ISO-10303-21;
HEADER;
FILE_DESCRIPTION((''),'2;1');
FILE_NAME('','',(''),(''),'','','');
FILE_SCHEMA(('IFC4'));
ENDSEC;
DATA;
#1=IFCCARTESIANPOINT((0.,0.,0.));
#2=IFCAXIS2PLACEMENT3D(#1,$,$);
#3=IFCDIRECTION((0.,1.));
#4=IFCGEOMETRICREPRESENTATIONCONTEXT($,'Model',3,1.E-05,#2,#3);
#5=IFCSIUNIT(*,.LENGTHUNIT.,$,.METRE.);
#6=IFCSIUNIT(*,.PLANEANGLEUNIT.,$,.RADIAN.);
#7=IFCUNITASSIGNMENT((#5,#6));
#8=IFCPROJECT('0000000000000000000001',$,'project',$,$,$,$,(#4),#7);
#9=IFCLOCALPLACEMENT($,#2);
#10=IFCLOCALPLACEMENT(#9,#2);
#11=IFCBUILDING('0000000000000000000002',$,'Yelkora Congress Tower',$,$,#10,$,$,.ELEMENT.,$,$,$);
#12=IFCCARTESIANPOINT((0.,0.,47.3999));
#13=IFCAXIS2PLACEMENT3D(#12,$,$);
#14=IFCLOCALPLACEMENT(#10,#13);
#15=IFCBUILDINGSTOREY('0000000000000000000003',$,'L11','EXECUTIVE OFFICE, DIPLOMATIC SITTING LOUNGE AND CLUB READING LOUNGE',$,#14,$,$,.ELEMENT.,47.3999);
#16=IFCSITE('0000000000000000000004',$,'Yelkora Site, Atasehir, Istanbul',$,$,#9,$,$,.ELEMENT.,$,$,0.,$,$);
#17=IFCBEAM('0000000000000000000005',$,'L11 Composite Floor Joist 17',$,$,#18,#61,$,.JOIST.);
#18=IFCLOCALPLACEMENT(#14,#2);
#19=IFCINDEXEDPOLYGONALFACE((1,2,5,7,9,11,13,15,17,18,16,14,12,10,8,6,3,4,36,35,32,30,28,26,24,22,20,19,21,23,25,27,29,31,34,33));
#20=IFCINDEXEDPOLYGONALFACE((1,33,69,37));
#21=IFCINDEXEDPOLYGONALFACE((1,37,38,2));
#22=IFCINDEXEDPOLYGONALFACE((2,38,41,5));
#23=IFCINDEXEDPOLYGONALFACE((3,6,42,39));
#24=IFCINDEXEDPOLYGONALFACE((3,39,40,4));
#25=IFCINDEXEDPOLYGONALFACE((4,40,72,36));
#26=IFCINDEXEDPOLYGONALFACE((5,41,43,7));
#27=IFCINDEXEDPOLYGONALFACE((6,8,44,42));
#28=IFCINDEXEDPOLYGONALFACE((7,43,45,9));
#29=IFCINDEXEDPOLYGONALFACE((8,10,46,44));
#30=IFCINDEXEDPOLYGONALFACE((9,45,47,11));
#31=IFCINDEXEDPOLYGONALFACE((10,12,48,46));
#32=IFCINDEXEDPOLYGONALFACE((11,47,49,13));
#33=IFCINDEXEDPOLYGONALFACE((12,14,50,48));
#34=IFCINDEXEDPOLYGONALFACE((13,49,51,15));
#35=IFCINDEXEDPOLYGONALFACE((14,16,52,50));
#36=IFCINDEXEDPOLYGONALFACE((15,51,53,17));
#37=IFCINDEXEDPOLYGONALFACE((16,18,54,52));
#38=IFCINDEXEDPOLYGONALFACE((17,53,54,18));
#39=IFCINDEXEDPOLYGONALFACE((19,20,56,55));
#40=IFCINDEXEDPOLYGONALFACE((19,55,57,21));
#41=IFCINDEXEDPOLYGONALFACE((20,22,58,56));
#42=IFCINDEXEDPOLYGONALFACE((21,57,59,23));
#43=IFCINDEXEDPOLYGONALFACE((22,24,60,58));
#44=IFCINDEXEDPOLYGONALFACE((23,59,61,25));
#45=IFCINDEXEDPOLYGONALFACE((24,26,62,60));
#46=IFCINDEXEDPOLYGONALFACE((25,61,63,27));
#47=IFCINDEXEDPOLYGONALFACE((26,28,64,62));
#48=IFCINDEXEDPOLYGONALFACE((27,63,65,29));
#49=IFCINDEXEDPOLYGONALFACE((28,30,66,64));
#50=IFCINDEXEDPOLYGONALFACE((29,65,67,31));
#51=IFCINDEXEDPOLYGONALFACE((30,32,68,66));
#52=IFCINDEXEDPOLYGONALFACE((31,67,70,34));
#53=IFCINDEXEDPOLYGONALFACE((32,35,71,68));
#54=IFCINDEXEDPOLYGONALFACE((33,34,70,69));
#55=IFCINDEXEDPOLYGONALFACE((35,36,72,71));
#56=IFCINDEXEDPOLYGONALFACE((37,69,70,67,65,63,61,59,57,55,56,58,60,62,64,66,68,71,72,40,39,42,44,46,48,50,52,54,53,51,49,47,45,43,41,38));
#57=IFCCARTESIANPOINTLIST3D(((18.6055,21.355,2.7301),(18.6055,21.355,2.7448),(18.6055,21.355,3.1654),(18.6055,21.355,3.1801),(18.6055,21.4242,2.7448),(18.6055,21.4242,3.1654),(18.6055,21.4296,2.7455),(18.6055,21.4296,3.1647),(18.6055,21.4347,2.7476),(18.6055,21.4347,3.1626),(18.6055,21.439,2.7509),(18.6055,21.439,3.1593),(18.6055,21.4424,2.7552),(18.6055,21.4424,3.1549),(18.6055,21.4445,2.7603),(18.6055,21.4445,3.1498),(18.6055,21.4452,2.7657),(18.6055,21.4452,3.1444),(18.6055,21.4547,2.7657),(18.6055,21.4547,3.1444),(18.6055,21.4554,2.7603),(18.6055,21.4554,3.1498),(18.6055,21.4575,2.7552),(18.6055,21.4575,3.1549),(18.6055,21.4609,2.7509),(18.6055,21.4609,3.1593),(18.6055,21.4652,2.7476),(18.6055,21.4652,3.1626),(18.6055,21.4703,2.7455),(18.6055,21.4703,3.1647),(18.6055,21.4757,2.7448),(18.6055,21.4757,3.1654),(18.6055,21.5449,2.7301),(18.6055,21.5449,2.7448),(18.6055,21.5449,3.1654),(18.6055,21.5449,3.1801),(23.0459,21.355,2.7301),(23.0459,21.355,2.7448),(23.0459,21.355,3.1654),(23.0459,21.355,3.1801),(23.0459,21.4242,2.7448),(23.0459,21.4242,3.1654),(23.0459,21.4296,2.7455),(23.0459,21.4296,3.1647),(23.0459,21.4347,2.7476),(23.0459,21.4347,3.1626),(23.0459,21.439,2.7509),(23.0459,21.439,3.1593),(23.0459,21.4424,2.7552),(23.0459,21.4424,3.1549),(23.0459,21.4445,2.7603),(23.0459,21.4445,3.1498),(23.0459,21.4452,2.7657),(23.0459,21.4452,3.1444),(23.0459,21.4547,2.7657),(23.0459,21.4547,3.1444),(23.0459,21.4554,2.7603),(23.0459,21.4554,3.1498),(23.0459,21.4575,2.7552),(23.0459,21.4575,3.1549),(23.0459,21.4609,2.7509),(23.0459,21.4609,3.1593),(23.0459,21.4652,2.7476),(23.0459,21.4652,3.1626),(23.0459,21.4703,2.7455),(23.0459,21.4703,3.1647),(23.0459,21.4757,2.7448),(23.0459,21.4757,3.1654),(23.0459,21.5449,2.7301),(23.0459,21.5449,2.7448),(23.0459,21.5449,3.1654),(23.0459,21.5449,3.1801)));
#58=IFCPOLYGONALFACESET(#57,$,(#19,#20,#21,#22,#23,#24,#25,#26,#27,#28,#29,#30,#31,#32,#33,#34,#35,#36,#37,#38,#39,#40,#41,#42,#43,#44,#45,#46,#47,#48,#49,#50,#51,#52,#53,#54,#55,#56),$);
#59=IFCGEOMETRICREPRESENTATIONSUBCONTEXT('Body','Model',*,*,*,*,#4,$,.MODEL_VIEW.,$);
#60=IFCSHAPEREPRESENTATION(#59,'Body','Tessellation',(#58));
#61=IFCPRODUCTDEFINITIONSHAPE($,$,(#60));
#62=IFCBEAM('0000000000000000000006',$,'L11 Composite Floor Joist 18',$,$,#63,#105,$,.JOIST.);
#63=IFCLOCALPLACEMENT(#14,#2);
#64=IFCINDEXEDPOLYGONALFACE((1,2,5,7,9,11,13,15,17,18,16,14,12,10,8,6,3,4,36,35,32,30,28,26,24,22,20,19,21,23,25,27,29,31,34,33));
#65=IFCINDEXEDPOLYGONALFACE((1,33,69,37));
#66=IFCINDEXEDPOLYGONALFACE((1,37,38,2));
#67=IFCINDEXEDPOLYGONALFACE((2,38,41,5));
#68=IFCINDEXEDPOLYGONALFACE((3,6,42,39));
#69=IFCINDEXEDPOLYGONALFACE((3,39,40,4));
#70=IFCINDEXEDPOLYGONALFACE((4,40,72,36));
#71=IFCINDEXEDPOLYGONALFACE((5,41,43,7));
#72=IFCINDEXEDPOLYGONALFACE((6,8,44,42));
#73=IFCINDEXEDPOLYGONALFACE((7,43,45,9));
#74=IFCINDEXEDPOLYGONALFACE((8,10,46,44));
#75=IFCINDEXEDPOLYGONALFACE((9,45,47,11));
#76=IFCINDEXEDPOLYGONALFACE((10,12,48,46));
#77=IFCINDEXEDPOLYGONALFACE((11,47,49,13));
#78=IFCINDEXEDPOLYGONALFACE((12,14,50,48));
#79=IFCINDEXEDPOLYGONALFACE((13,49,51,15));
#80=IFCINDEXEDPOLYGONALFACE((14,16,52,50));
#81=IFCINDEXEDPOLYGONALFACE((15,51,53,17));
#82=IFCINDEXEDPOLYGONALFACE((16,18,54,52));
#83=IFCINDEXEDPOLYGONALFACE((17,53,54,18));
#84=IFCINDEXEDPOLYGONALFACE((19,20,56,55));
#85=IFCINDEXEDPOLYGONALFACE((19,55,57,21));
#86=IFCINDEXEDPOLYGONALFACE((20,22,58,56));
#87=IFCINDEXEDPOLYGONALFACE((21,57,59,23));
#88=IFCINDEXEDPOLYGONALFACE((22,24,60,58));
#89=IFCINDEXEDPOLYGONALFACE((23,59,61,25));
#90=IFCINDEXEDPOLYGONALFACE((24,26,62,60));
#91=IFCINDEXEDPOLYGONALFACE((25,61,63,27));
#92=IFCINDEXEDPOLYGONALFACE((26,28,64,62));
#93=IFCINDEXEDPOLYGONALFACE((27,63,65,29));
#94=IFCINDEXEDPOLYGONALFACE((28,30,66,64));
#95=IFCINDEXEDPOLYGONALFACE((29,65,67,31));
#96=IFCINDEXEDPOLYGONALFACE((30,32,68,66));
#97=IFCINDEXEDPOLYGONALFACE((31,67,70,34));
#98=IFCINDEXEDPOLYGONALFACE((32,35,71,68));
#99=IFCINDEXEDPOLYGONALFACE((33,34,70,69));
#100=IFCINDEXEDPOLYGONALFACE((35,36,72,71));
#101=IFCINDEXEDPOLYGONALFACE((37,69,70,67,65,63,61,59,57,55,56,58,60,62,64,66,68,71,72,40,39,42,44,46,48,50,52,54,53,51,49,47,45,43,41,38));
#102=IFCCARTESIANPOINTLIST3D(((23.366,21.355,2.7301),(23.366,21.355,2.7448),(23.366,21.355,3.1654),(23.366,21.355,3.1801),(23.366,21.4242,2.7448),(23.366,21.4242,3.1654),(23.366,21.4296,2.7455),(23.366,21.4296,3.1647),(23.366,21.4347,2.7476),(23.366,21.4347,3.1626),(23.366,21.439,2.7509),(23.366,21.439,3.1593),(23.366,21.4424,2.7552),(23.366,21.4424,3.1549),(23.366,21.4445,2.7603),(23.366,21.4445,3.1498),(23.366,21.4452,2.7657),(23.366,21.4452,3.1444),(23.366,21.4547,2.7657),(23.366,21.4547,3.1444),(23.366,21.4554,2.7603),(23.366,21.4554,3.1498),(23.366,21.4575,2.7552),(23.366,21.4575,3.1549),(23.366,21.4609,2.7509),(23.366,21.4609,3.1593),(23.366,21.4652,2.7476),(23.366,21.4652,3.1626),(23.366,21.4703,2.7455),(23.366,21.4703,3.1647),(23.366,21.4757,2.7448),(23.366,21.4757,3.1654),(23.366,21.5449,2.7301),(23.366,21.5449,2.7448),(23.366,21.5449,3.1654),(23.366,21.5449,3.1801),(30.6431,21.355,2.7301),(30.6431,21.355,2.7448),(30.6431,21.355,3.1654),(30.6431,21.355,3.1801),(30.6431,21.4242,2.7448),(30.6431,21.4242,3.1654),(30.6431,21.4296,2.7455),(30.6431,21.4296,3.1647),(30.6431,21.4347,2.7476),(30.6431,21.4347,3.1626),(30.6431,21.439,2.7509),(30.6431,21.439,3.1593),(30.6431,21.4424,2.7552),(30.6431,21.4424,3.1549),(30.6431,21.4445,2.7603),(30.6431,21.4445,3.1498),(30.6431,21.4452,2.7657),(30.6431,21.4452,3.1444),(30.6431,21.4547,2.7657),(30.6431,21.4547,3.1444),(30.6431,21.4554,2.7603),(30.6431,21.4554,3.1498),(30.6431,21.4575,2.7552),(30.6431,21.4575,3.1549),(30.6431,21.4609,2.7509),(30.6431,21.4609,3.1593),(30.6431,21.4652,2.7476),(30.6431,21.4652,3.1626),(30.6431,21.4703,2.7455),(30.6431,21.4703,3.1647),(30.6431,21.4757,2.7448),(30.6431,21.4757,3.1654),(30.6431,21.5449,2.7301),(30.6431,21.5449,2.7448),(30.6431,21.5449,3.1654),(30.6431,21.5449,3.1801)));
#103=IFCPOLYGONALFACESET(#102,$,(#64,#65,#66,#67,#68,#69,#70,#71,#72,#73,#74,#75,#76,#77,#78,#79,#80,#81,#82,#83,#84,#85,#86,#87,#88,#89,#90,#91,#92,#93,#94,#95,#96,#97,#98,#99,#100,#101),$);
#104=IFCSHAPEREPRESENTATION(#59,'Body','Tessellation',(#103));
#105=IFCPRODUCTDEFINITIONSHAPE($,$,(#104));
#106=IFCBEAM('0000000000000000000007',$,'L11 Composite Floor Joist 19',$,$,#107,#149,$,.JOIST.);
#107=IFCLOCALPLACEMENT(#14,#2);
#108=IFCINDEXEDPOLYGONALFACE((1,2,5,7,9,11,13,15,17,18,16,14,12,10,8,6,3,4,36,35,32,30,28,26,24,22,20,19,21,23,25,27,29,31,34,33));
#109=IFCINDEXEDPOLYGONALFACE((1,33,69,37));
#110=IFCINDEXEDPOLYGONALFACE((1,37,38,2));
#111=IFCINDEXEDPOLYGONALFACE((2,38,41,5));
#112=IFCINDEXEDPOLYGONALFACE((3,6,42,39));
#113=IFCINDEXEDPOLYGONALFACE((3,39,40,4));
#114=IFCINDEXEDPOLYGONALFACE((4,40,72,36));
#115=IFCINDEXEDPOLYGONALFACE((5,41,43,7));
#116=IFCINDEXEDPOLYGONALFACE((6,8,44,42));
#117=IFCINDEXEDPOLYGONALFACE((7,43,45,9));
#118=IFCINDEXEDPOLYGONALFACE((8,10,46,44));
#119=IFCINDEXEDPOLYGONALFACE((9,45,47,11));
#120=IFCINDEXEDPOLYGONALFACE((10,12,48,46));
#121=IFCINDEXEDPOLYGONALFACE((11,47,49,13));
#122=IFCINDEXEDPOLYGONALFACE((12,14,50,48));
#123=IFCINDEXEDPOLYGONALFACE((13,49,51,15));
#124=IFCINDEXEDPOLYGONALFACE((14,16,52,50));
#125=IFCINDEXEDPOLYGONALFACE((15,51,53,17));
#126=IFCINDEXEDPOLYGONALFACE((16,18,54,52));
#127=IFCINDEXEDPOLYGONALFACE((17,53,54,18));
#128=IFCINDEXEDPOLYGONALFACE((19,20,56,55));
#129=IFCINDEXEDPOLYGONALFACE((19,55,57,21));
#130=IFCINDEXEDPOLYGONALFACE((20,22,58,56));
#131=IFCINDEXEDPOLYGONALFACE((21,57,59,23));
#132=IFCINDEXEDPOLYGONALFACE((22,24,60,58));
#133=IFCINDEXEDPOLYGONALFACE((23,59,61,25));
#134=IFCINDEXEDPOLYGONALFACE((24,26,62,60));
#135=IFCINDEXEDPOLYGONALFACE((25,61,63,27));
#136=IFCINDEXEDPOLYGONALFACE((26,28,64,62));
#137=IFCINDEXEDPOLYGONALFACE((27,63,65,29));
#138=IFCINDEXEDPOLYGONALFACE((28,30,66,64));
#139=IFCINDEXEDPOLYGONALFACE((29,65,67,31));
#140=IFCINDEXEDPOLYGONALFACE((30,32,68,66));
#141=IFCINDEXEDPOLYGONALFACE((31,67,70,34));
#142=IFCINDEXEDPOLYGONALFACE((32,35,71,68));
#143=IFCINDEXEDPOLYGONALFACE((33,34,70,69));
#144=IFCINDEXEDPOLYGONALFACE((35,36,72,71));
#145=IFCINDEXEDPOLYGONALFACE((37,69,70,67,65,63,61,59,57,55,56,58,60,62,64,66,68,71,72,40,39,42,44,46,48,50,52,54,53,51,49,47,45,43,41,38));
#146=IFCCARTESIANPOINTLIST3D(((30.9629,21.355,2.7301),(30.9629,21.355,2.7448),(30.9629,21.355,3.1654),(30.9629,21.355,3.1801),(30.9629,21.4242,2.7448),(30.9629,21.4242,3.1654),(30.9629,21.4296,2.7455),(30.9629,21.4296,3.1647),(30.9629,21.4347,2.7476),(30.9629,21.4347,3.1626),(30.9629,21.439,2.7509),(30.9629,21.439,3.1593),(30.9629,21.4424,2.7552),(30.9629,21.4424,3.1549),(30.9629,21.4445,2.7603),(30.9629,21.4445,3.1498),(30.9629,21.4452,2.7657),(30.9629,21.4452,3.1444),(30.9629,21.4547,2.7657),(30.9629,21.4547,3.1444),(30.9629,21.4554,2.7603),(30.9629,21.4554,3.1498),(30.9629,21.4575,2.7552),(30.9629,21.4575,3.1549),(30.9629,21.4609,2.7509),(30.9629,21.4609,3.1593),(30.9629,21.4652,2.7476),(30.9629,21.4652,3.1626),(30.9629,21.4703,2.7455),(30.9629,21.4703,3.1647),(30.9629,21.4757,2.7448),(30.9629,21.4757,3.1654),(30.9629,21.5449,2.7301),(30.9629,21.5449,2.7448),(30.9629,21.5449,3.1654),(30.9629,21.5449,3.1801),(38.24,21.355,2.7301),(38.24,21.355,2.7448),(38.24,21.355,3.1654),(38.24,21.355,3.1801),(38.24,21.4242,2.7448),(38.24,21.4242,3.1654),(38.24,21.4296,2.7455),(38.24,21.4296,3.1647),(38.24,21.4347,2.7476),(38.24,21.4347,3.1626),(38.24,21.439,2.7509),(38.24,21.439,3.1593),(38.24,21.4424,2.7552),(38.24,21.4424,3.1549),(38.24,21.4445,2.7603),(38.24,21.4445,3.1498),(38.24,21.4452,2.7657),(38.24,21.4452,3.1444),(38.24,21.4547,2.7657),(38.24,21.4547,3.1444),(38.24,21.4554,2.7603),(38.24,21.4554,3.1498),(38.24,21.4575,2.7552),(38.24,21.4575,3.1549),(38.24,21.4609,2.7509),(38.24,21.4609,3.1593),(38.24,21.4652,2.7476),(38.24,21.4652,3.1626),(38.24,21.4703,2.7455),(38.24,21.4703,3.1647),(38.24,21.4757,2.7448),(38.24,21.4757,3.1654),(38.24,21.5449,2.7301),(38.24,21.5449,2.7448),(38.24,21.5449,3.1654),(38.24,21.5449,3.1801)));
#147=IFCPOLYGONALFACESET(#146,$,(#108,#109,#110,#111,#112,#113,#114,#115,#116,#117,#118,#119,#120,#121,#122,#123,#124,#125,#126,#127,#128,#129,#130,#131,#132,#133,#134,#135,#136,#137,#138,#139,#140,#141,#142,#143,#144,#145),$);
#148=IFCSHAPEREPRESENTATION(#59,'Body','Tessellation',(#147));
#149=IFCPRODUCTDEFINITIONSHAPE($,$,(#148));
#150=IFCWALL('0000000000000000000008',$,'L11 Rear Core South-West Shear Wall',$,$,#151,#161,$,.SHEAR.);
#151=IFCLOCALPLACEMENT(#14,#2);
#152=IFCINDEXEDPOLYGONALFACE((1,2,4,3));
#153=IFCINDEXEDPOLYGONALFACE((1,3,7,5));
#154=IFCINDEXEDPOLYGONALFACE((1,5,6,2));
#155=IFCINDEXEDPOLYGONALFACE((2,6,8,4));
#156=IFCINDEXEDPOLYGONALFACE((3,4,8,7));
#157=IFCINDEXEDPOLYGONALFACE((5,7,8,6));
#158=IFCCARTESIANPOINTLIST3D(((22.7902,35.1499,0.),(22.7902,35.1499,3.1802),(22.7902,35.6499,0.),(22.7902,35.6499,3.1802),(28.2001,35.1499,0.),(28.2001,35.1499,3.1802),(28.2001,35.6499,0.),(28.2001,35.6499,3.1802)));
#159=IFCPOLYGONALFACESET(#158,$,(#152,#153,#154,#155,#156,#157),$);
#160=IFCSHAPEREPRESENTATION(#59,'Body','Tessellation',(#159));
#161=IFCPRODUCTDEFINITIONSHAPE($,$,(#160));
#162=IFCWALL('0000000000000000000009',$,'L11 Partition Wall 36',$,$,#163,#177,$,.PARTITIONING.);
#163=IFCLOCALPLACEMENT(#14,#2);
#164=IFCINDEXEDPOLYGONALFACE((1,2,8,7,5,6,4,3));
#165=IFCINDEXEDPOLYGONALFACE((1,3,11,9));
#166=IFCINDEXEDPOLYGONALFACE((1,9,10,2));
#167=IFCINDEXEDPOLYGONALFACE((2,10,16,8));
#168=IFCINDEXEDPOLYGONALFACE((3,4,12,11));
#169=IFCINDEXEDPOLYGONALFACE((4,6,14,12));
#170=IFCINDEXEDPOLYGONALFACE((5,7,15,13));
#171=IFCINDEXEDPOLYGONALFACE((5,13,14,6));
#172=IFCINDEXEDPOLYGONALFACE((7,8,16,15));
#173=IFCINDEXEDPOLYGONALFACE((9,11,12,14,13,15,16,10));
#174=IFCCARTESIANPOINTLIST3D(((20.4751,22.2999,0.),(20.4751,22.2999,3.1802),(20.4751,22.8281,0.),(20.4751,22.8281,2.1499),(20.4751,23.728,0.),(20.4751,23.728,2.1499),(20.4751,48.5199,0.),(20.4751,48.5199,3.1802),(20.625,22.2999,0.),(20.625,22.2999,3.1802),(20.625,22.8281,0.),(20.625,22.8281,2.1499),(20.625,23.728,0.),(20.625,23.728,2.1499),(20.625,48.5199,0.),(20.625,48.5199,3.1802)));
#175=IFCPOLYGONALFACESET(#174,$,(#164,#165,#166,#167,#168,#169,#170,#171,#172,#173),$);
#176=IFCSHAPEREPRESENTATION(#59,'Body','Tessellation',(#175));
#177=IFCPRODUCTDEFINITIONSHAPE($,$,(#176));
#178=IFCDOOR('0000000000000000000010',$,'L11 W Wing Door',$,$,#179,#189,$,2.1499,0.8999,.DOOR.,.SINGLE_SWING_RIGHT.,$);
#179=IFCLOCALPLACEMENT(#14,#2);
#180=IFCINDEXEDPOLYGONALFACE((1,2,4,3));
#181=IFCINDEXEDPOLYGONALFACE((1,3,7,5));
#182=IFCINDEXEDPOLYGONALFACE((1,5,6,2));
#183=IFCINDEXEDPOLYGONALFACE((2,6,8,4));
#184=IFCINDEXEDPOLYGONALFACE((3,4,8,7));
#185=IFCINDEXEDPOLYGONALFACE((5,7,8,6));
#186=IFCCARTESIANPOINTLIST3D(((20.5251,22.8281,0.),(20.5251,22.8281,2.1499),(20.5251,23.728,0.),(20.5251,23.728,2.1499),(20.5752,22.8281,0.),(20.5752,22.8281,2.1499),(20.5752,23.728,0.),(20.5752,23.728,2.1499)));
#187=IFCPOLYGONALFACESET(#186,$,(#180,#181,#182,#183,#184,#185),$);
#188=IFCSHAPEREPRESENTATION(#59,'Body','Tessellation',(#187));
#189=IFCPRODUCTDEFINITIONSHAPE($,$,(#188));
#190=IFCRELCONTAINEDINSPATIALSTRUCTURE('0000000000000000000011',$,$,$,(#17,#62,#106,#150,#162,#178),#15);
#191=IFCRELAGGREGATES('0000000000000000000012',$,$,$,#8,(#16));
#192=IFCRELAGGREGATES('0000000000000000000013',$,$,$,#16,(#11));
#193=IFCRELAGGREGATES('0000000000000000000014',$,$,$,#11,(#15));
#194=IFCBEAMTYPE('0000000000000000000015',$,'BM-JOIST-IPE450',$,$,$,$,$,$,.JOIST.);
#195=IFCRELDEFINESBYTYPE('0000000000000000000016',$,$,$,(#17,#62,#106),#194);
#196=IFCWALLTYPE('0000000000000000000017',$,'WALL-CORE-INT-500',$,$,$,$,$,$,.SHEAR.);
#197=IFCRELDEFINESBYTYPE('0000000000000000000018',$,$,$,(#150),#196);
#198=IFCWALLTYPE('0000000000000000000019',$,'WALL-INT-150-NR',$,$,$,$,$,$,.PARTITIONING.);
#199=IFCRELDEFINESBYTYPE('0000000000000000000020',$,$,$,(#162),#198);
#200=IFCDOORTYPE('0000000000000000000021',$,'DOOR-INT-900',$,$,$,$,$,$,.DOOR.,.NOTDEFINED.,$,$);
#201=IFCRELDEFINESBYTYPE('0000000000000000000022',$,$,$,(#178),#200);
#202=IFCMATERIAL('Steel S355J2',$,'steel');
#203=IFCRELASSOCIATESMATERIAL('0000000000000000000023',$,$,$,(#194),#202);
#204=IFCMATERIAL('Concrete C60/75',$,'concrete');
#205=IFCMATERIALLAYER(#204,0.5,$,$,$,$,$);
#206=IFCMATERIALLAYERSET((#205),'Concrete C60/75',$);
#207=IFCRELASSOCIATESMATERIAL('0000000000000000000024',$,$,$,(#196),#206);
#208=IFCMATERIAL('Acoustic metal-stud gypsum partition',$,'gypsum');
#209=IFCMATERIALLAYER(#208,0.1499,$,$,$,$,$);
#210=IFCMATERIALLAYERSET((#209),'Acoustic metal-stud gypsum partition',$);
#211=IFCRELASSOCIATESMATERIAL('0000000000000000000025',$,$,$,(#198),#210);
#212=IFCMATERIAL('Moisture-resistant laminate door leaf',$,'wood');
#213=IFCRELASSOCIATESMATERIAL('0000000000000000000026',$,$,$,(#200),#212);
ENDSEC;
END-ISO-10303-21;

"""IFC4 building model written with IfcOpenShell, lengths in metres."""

from ifc_helpers import new_model, si_unit, direction, frame, frame_2d, origin, origin_2d, place, context, subcontext, project, spatial, rectangle, i_section, extrude, material, layer, layer_set, material_profile, profile_set, type_object, element, fill, save


model = new_model("IFC4")

# Units and contexts
model_context = context("Model", 3, precision=1e-05, world=origin(), true_north=direction((0.0, 1.0)))
body_context = subcontext(model_context, "Body", "Model", "MODEL_VIEW")
ifc_project = project(units=[si_unit("LENGTHUNIT", "METRE"), si_unit("PLANEANGLEUNIT", "RADIAN")], contexts=[model_context])

# Site, building, storey
site_placement = place(None, origin())
site = spatial("IfcSite", under=ifc_project, at=site_placement, Name="Yelkora Site, Atasehir, Istanbul", CompositionType="ELEMENT", RefElevation=0.0)
building_placement = place(site_placement, origin())
building = spatial("IfcBuilding", under=site, at=building_placement, Name="Yelkora Congress Tower", CompositionType="ELEMENT")
storey_placement = place(building_placement, frame((0.0, 0.0, 47.3999)))
storey = spatial("IfcBuildingStorey", under=building, at=storey_placement, Name="L11", Description="EXECUTIVE OFFICE, DIPLOMATIC SITTING LOUNGE AND CLUB READING LOUNGE", CompositionType="ELEMENT", Elevation=47.3999)

# Shared definitions
ifc_material_1 = material(Name="Concrete C60/75", Category="concrete")

# Beams
ifc_material_2 = material(Name="Steel S355J2", Category="steel")
ifc_material_profile_1 = material_profile(ifc_material_2, i_section(OverallWidth=0.1899, OverallDepth=0.45, WebThickness=0.0095, FlangeThickness=0.0146, FilletRadius=0.021, at=origin_2d()), Name="IPE 450")
ifc_profile_set_1 = profile_set([ifc_material_profile_1], Name="Steel S355J2")
beam_type_1 = type_object("IfcBeamType", Name="BM-JOIST-IPE450", PredefinedType="JOIST", material=ifc_profile_set_1)
beam_1_placement = place(storey_placement, frame((18.6055, 21.45, 2.9551), z_axis=(1.0, 0.0, 0.0), x_axis=(0.0, 1.0, 0.0)))
element("IfcBeam", 1, at=beam_1_placement, inside=storey, type_object=beam_type_1, Name="L11 Composite Floor Joist 17", PredefinedType="JOIST", context=body_context, shape_type="SweptSolid", body=[
    extrude(i_section(OverallWidth=0.1899, OverallDepth=0.45, WebThickness=0.0095, FlangeThickness=0.0146, FilletRadius=0.021, at=origin_2d()), origin(), (0.0, 0.0, 1.0), 4.4404),
])
for number, where, z_axis, x_axis, name in (
    (2, (23.366, 21.45, 2.9551), (1.0, 0.0, 0.0), (0.0, 1.0, 0.0), "L11 Composite Floor Joist 18"),
    (3, (30.9629, 21.45, 2.9551), (1.0, 0.0, 0.0), (0.0, 1.0, 0.0), "L11 Composite Floor Joist 19"),
):
    element("IfcBeam", number, at=place(storey_placement, frame(where, z_axis=z_axis, x_axis=x_axis)), inside=storey, type_object=beam_type_1, Name=name, PredefinedType="JOIST", context=body_context, shape_type="SweptSolid", body=[
        extrude(i_section(OverallWidth=0.1899, OverallDepth=0.45, WebThickness=0.0095, FlangeThickness=0.0146, FilletRadius=0.021, at=origin_2d()), origin(), (0.0, 0.0, 1.0), 7.2771),
    ])

# Wall
ifc_layer_1 = layer(ifc_material_1, 0.5)
ifc_layer_set_1 = layer_set([ifc_layer_1], Name="Concrete C60/75")
wall_type_1 = type_object("IfcWallType", Name="WALL-CORE-INT-500", PredefinedType="SHEAR", material=ifc_layer_set_1)
wall_1_placement = place(storey_placement, frame((22.79, 35.3999, 0.0), z_axis=(0.0, 0.0, 1.0), x_axis=(1.0, 0.0, 0.0)))
element("IfcWall", 4, at=wall_1_placement, inside=storey, type_object=wall_type_1, Name="L11 Rear Core South-West Shear Wall", PredefinedType="SHEAR", context=body_context, shape_type="SweptSolid", body=[
    extrude(rectangle(XDim=5.4099, YDim=0.5, at=frame_2d((2.7051, 0.0))), origin(), (0.0, 0.0, 1.0), 3.1802),
])

# Wall, opening, door
ifc_material_3 = material(Name="Acoustic metal-stud gypsum partition", Category="gypsum")
ifc_layer_2 = layer(ifc_material_3, 0.1499)
ifc_layer_set_2 = layer_set([ifc_layer_2], Name="Acoustic metal-stud gypsum partition")
wall_type_2 = type_object("IfcWallType", Name="WALL-INT-150-NR", PredefinedType="PARTITIONING", material=ifc_layer_set_2)
wall_2_placement = place(storey_placement, frame((20.55, 22.3, 0.0), z_axis=(0.0, 0.0, 1.0), x_axis=(0.0, 1.0, 0.0)))
wall_2 = element("IfcWall", 5, at=wall_2_placement, inside=storey, type_object=wall_type_2, Name="L11 Partition Wall 36", PredefinedType="PARTITIONING", context=body_context, shape_type="SweptSolid", body=[
    extrude(rectangle(XDim=26.22, YDim=0.1499, at=frame_2d((13.1099, 0.0))), origin(), (0.0, 0.0, 1.0), 3.1802),
])
opening_1_placement = place(wall_2_placement, frame((0.5281, 0.0, 0.0)))
opening_1 = element("IfcOpeningElement", 6, at=opening_1_placement, cuts=wall_2, PredefinedType="OPENING", context=body_context, shape_type="SweptSolid", body=[
    extrude(rectangle(XDim=0.8999, YDim=2.1499, at=frame_2d((0.45, 1.075))), frame((0.0, 0.085, 0.0), z_axis=(0.0, -1.0, 0.0), x_axis=(1.0, 0.0, 0.0)), (0.0, 0.0, 1.0), 0.1699),
])
ifc_material_4 = material(Name="Moisture-resistant laminate door leaf", Category="wood")
door_type = type_object("IfcDoorType", Name="DOOR-INT-900", OperationType="NOTDEFINED", PredefinedType="DOOR", material=ifc_material_4)
door_1_placement = place(opening_1_placement, origin())
door_1 = element("IfcDoor", 7, at=door_1_placement, inside=storey, type_object=door_type, Name="L11 W Wing Door", OperationType="SINGLE_SWING_RIGHT", OverallHeight=2.1499, OverallWidth=0.8999, PredefinedType="DOOR", context=body_context, shape_type="SweptSolid", body=[
    extrude(rectangle(XDim=0.8999, YDim=2.1499, at=frame_2d((0.45, 1.075))), frame((0.0, 0.0249, 0.0), z_axis=(0.0, -1.0, 0.0), x_axis=(1.0, 0.0, 0.0)), (0.0, 0.0, 1.0), 0.05),
])
fill(opening_1, door_1)

save(model, "model.ifc")
